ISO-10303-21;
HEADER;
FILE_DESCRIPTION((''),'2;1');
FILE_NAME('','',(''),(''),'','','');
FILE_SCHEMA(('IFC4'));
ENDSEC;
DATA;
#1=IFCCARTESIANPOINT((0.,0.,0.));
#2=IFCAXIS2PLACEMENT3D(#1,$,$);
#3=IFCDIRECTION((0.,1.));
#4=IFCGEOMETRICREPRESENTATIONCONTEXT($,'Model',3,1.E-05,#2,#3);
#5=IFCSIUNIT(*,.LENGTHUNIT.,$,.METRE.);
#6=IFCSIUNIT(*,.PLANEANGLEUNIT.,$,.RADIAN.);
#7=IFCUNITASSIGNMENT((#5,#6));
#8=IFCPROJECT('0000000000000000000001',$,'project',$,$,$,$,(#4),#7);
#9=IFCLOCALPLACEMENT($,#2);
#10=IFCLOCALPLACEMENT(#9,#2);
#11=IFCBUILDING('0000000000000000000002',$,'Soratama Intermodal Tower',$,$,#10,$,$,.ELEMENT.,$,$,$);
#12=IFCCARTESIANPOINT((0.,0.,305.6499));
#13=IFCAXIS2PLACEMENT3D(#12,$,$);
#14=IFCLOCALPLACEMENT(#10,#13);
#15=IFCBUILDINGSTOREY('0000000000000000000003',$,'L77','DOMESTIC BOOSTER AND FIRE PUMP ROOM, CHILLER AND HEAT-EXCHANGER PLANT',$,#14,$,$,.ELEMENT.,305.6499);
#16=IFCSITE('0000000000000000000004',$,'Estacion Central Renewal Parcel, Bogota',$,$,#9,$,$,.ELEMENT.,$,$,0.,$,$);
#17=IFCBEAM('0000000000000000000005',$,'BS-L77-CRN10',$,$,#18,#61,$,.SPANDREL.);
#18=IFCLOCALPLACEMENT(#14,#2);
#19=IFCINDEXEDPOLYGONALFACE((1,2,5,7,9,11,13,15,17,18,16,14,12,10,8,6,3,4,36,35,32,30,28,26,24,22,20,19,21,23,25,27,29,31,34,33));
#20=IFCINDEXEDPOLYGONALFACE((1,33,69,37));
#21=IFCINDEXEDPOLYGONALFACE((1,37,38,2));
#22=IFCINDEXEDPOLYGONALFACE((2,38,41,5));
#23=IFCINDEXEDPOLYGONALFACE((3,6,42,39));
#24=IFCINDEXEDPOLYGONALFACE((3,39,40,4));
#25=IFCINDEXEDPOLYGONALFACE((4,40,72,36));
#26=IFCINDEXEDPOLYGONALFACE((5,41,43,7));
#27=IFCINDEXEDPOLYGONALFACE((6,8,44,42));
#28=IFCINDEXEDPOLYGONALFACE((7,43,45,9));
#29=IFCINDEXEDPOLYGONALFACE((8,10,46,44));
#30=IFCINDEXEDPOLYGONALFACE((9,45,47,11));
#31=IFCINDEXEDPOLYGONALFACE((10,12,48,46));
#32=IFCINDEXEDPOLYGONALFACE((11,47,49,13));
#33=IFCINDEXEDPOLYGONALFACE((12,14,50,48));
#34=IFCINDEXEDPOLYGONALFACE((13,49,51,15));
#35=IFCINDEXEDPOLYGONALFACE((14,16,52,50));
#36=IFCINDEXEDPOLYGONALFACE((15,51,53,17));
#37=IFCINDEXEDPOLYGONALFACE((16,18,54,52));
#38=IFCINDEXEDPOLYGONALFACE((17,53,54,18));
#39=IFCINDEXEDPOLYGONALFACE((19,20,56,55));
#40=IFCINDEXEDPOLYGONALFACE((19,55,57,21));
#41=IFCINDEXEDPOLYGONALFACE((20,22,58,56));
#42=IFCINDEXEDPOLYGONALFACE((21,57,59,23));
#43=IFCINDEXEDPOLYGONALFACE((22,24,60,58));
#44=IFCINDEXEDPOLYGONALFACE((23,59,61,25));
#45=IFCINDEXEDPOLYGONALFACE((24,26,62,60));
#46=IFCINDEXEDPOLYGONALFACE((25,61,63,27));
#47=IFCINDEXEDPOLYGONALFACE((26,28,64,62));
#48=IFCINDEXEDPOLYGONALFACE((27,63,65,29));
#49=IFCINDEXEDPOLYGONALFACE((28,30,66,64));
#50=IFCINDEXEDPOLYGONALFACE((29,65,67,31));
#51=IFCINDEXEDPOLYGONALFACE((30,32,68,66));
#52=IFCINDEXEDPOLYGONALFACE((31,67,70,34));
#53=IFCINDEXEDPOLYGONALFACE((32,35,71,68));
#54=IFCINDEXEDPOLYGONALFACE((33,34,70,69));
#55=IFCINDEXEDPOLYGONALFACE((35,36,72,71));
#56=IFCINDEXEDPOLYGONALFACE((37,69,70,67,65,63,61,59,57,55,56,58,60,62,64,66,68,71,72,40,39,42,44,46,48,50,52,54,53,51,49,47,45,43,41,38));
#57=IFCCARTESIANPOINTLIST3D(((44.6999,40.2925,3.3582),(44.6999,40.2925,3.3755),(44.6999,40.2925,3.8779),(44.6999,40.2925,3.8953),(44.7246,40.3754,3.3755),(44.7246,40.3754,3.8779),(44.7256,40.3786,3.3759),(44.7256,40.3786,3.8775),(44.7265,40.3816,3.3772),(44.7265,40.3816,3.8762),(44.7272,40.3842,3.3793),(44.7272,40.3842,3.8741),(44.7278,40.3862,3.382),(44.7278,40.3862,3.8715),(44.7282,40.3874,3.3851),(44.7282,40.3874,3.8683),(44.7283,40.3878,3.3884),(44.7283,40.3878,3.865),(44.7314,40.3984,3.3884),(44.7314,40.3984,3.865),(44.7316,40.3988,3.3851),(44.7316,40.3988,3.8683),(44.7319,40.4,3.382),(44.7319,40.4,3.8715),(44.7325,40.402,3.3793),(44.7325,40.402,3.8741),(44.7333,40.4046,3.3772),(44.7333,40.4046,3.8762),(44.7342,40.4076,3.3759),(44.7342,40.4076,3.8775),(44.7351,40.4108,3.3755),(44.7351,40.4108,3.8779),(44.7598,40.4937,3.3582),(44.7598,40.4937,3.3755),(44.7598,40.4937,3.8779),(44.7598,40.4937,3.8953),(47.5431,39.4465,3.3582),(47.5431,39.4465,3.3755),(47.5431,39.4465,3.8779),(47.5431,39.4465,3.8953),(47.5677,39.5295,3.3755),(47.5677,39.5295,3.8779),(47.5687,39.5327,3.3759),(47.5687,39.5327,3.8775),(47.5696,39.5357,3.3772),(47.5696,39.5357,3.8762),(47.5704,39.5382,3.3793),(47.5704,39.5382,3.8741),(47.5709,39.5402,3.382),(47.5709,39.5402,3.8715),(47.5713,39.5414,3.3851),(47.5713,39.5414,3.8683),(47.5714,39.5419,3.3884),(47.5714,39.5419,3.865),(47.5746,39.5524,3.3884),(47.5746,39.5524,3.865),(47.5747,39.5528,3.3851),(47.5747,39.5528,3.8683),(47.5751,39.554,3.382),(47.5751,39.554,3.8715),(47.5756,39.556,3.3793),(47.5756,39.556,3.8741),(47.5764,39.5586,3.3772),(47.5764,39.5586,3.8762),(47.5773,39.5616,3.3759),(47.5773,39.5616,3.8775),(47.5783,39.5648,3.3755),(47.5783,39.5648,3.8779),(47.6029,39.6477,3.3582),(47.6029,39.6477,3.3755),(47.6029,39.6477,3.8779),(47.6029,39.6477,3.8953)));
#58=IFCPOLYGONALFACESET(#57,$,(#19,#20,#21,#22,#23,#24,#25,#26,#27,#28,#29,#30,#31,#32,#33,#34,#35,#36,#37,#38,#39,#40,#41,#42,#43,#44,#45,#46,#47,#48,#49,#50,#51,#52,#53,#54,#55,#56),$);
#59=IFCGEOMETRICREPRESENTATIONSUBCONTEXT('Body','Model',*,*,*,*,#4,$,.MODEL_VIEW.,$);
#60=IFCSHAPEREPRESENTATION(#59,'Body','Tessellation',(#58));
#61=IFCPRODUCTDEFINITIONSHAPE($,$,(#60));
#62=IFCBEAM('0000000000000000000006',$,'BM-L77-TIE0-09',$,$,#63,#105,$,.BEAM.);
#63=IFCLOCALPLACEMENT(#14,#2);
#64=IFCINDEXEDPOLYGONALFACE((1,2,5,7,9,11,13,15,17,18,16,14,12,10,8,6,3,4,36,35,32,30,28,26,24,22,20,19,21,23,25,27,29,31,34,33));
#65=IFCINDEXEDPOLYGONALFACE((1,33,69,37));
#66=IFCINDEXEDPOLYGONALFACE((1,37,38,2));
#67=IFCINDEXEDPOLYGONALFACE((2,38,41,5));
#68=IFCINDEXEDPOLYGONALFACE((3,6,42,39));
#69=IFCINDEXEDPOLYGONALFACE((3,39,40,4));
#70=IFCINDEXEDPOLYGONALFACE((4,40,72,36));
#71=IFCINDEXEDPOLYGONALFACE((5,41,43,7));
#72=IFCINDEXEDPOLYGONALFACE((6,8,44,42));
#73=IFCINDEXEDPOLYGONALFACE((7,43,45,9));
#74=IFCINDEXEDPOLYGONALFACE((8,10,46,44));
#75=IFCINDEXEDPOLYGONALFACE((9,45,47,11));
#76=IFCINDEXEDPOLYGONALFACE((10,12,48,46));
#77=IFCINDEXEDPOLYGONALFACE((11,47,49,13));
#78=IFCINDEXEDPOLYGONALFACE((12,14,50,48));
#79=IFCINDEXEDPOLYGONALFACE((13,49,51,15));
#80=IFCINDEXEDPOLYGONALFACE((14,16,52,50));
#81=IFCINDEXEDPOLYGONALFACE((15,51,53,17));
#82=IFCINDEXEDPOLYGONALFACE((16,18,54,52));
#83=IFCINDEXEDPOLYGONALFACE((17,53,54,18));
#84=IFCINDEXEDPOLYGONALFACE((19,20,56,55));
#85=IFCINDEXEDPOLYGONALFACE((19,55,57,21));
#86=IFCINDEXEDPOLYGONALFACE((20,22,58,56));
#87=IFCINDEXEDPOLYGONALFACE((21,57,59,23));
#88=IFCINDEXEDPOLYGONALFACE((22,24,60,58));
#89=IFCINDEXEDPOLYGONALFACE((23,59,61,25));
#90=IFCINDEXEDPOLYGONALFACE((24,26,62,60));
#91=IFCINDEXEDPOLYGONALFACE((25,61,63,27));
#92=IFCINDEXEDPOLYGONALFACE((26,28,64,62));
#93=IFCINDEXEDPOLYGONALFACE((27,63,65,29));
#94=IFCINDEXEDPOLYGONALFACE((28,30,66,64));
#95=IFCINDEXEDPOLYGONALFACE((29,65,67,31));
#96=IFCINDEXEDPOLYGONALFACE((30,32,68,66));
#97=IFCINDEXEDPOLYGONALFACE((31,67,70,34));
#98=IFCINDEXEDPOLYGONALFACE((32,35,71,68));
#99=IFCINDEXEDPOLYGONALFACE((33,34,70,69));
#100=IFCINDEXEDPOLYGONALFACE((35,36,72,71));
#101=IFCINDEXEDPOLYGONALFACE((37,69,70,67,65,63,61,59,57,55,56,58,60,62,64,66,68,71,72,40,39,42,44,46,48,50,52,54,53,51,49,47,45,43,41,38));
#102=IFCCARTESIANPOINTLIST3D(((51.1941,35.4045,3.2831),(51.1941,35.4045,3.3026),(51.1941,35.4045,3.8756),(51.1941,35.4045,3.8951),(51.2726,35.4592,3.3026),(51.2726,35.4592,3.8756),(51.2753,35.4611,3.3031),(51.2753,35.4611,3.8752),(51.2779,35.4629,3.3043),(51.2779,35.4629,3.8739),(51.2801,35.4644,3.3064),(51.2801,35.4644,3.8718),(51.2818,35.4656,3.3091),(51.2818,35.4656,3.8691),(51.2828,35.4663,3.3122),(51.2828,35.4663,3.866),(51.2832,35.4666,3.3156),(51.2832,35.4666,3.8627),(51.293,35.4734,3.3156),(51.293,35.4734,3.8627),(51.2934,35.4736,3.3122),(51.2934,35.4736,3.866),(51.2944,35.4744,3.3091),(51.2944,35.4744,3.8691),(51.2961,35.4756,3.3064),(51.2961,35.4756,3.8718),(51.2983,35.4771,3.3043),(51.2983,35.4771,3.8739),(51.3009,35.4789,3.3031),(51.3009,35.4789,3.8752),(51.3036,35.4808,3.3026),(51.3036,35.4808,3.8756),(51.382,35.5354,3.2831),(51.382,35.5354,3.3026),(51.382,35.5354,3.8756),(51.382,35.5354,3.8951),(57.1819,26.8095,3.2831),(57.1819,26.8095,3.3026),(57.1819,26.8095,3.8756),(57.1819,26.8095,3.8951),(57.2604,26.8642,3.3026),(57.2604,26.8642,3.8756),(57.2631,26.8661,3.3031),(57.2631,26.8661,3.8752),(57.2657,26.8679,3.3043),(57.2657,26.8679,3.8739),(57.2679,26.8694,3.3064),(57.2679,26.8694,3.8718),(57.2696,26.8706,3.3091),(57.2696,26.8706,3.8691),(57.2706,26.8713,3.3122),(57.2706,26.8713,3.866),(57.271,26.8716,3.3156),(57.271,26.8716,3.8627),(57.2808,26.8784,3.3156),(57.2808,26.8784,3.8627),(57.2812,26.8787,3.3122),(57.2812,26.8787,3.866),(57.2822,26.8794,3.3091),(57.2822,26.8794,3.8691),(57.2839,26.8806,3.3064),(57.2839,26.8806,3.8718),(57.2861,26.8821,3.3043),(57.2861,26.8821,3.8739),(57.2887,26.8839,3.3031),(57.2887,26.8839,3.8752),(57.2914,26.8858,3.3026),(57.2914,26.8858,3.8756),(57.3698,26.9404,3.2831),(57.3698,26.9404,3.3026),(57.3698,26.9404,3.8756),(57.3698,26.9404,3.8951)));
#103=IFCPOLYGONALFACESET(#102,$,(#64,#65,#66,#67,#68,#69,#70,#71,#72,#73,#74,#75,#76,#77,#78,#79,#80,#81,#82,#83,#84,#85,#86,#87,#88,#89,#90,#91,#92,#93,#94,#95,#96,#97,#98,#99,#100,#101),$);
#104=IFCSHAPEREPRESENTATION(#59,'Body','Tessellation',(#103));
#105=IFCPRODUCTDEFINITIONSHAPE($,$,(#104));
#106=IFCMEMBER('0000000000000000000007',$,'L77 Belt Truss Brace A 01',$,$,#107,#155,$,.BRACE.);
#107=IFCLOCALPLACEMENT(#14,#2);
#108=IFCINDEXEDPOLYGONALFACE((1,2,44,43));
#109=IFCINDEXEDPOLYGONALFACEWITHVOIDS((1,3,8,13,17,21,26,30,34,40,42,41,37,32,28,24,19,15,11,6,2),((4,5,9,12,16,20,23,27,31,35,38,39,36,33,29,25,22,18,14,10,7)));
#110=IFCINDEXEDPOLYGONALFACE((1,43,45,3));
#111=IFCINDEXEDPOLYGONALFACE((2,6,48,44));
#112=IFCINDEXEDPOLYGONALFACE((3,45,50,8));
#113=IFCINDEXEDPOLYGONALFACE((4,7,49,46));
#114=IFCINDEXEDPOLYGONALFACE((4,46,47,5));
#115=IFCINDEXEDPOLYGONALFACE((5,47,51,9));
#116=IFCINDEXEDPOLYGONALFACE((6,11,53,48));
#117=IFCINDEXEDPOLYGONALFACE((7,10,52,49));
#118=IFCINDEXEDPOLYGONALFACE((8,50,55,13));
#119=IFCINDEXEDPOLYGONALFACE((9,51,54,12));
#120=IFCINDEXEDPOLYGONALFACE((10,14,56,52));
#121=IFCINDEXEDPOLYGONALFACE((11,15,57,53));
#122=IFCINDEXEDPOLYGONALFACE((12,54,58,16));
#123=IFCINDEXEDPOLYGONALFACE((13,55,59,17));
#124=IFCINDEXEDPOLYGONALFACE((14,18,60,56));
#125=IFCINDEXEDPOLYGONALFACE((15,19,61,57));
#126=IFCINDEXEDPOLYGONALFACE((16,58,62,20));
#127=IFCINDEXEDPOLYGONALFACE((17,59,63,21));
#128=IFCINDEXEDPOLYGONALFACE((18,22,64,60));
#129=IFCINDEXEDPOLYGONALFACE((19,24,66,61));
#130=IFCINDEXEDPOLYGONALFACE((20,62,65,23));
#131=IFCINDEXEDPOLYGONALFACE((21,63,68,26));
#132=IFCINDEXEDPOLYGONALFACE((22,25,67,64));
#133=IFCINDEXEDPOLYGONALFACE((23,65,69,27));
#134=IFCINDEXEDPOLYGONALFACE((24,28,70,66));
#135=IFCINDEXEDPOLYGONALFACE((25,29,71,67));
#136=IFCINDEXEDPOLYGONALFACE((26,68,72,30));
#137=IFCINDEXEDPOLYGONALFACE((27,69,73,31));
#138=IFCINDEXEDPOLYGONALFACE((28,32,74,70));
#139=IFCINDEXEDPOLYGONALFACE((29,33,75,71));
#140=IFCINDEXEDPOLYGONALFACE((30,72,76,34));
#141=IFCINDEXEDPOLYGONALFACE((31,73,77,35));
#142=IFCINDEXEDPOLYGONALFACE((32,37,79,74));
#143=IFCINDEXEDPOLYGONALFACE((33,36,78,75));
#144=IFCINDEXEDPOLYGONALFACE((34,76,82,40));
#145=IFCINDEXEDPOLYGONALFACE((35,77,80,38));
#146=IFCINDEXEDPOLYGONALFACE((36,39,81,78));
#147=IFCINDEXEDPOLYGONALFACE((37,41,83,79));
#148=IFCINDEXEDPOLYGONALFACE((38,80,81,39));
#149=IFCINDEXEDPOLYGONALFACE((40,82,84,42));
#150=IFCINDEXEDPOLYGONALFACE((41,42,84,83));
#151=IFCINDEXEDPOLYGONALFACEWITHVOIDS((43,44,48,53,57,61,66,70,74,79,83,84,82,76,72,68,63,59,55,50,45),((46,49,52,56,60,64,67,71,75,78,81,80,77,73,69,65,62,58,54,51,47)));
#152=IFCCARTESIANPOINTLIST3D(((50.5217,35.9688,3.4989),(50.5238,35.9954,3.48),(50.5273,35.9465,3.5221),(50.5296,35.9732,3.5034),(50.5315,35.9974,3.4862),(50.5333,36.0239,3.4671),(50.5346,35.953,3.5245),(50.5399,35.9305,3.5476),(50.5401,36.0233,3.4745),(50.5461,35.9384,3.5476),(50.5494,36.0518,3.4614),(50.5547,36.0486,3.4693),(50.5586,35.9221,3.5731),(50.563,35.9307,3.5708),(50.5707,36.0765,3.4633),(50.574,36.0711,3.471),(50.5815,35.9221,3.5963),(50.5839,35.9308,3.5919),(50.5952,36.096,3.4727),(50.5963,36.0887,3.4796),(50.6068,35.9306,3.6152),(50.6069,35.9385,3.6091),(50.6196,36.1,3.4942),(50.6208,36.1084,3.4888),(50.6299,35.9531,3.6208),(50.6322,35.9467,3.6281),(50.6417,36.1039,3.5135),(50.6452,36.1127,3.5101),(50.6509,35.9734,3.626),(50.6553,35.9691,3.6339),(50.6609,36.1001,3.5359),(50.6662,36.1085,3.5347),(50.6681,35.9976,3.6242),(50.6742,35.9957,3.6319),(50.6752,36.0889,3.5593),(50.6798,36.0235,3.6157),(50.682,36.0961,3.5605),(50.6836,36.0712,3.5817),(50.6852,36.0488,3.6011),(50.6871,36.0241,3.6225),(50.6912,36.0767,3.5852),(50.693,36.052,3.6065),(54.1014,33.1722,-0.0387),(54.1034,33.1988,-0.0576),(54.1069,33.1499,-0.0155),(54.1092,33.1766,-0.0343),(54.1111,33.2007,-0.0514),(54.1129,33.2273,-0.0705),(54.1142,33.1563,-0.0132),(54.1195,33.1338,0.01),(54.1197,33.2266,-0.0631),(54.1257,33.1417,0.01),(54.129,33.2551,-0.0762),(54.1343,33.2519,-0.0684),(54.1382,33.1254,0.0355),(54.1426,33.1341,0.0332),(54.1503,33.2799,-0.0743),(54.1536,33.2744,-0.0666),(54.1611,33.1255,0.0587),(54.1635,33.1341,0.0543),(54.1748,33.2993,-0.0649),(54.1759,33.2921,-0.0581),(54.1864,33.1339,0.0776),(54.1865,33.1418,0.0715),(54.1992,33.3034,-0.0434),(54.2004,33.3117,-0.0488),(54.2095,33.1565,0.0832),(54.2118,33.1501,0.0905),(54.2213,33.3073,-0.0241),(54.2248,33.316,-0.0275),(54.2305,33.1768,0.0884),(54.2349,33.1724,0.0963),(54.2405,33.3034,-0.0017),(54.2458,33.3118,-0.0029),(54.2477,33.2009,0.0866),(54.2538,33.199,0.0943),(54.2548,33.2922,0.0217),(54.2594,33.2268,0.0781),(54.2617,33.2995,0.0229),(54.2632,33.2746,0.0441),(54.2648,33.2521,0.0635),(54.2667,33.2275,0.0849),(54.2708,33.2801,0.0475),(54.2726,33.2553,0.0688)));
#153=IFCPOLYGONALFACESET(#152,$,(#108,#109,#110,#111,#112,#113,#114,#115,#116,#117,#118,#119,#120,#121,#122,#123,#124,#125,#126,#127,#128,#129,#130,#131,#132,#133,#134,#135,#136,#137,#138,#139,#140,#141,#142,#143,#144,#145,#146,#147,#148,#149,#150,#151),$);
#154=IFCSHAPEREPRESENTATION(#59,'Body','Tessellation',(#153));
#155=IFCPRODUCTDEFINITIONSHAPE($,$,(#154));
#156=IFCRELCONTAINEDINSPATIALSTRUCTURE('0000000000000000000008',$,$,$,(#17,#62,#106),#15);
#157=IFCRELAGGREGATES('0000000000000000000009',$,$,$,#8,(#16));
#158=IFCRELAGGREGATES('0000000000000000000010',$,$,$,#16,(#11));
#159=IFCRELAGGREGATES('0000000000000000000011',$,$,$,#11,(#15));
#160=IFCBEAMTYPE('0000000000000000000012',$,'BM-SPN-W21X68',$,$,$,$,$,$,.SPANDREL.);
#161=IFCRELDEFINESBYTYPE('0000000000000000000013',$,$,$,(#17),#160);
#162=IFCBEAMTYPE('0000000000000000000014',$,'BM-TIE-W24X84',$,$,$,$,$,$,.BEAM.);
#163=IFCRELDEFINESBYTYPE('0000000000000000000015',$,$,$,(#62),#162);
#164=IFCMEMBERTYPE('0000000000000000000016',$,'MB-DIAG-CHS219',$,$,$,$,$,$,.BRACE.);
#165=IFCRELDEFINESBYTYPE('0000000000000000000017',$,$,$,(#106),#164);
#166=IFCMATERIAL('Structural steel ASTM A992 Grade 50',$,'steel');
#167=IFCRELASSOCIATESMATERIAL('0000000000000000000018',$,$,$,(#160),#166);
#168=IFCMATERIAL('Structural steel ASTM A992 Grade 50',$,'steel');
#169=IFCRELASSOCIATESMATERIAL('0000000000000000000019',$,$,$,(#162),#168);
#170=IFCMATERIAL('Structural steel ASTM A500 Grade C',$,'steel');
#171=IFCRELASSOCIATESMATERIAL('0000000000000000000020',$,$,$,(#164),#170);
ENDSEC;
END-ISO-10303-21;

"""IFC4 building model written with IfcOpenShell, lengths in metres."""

from ifc_helpers import new_model, si_unit, direction, frame, origin, origin_2d, place, context, subcontext, project, spatial, hollow_circle, i_section, extrude, material, material_profile, profile_set, type_object, element, save


model = new_model("IFC4")

# Units and contexts
model_context = context("Model", 3, precision=1e-05, world=origin(), true_north=direction((0.0, 1.0)))
body_context = subcontext(model_context, "Body", "Model", "MODEL_VIEW")
ifc_project = project(units=[si_unit("LENGTHUNIT", "METRE"), si_unit("PLANEANGLEUNIT", "RADIAN")], contexts=[model_context])

# Site, building, storey
site_placement = place(None, origin())
site = spatial("IfcSite", under=ifc_project, at=site_placement, Name="Estacion Central Renewal Parcel, Bogota", CompositionType="ELEMENT", RefElevation=0.0)
building_placement = place(site_placement, origin())
building = spatial("IfcBuilding", under=site, at=building_placement, Name="Soratama Intermodal Tower", CompositionType="ELEMENT")
storey_placement = place(building_placement, frame((0.0, 0.0, 305.6499)))
storey = spatial("IfcBuildingStorey", under=building, at=storey_placement, Name="L77", Description="DOMESTIC BOOSTER AND FIRE PUMP ROOM, CHILLER AND HEAT-EXCHANGER PLANT", CompositionType="ELEMENT", Elevation=305.6499)

# Beams
ifc_material_1 = material(Name="Structural steel ASTM A992 Grade 50", Category="steel")
ifc_material_profile_1 = material_profile(ifc_material_1, i_section(OverallWidth=0.21, OverallDepth=0.5371, WebThickness=0.011, FlangeThickness=0.0173, FilletRadius=0.0129, at=origin_2d()), Name="W21X68")
ifc_profile_set_1 = profile_set([ifc_material_profile_1], Name="Structural steel ASTM A992 Grade 50")
beam_type_1 = type_object("IfcBeamType", Name="BM-SPN-W21X68", PredefinedType="SPANDREL", material=ifc_profile_set_1)
beam_1_placement = place(storey_placement, frame((47.573, 39.5471, 3.6267), z_axis=(-0.958469, 0.285195, 0.0), x_axis=(-0.285195, -0.958469, 0.0)))
element("IfcBeam", 1, at=beam_1_placement, inside=storey, type_object=beam_type_1, Name="BS-L77-CRN10", PredefinedType="SPANDREL", context=body_context, shape_type="SweptSolid", body=[
    extrude(i_section(OverallWidth=0.21, OverallDepth=0.5371, WebThickness=0.011, FlangeThickness=0.0173, FilletRadius=0.0129, at=origin_2d()), origin(), (0.0, 0.0, 1.0), 2.9663),
])
ifc_material_2 = material(Name="Structural steel ASTM A992 Grade 50", Category="steel")
ifc_material_profile_2 = material_profile(ifc_material_2, i_section(OverallWidth=0.229, OverallDepth=0.6121, WebThickness=0.012, FlangeThickness=0.0195, FilletRadius=0.0129, at=origin_2d()), Name="W24X84")
ifc_profile_set_2 = profile_set([ifc_material_profile_2], Name="Structural steel ASTM A992 Grade 50")
beam_type_2 = type_object("IfcBeamType", Name="BM-TIE-W24X84", PredefinedType="BEAM", material=ifc_profile_set_2)
beam_2_placement = place(storey_placement, frame((51.2881, 35.47, 3.5891), z_axis=(0.571623, -0.820516, 0.0), x_axis=(0.820516, 0.571623, 0.0)))
element("IfcBeam", 2, at=beam_2_placement, inside=storey, type_object=beam_type_2, Name="BM-L77-TIE0-09", PredefinedType="BEAM", context=body_context, shape_type="SweptSolid", body=[
    extrude(i_section(OverallWidth=0.229, OverallDepth=0.6121, WebThickness=0.012, FlangeThickness=0.0195, FilletRadius=0.0129, at=origin_2d()), origin(), (0.0, 0.0, 1.0), 10.4751),
])

# Member
ifc_material_3 = material(Name="Structural steel ASTM A500 Grade C", Category="steel")
ifc_material_profile_3 = material_profile(ifc_material_3, hollow_circle(Radius=0.1096, WallThickness=0.01, at=origin_2d()), Name="CHS219X10")
ifc_profile_set_3 = profile_set([ifc_material_profile_3], Name="Structural steel ASTM A500 Grade C")
member_type_1 = type_object("IfcMemberType", Name="MB-DIAG-CHS219", PredefinedType="BRACE", material=ifc_profile_set_3)
for number, where, z_axis, x_axis, name in (
    (3, (54.187, 33.2202, 0.01), (-0.621723, 0.485734, 0.614429), (-0.615654, -0.788016, 0.0), "L77 Belt Truss Brace A 01"),
):
    element("IfcMember", number, at=place(storey_placement, frame(where, z_axis=z_axis, x_axis=x_axis)), inside=storey, type_object=member_type_1, Name=name, PredefinedType="BRACE", context=body_context, shape_type="SweptSolid", body=[
        extrude(hollow_circle(Radius=0.1096, WallThickness=0.01, at=origin_2d()), origin(), (0.0, 0.0, 1.0), 5.7576),
    ])

save(model, "model.ifc")
